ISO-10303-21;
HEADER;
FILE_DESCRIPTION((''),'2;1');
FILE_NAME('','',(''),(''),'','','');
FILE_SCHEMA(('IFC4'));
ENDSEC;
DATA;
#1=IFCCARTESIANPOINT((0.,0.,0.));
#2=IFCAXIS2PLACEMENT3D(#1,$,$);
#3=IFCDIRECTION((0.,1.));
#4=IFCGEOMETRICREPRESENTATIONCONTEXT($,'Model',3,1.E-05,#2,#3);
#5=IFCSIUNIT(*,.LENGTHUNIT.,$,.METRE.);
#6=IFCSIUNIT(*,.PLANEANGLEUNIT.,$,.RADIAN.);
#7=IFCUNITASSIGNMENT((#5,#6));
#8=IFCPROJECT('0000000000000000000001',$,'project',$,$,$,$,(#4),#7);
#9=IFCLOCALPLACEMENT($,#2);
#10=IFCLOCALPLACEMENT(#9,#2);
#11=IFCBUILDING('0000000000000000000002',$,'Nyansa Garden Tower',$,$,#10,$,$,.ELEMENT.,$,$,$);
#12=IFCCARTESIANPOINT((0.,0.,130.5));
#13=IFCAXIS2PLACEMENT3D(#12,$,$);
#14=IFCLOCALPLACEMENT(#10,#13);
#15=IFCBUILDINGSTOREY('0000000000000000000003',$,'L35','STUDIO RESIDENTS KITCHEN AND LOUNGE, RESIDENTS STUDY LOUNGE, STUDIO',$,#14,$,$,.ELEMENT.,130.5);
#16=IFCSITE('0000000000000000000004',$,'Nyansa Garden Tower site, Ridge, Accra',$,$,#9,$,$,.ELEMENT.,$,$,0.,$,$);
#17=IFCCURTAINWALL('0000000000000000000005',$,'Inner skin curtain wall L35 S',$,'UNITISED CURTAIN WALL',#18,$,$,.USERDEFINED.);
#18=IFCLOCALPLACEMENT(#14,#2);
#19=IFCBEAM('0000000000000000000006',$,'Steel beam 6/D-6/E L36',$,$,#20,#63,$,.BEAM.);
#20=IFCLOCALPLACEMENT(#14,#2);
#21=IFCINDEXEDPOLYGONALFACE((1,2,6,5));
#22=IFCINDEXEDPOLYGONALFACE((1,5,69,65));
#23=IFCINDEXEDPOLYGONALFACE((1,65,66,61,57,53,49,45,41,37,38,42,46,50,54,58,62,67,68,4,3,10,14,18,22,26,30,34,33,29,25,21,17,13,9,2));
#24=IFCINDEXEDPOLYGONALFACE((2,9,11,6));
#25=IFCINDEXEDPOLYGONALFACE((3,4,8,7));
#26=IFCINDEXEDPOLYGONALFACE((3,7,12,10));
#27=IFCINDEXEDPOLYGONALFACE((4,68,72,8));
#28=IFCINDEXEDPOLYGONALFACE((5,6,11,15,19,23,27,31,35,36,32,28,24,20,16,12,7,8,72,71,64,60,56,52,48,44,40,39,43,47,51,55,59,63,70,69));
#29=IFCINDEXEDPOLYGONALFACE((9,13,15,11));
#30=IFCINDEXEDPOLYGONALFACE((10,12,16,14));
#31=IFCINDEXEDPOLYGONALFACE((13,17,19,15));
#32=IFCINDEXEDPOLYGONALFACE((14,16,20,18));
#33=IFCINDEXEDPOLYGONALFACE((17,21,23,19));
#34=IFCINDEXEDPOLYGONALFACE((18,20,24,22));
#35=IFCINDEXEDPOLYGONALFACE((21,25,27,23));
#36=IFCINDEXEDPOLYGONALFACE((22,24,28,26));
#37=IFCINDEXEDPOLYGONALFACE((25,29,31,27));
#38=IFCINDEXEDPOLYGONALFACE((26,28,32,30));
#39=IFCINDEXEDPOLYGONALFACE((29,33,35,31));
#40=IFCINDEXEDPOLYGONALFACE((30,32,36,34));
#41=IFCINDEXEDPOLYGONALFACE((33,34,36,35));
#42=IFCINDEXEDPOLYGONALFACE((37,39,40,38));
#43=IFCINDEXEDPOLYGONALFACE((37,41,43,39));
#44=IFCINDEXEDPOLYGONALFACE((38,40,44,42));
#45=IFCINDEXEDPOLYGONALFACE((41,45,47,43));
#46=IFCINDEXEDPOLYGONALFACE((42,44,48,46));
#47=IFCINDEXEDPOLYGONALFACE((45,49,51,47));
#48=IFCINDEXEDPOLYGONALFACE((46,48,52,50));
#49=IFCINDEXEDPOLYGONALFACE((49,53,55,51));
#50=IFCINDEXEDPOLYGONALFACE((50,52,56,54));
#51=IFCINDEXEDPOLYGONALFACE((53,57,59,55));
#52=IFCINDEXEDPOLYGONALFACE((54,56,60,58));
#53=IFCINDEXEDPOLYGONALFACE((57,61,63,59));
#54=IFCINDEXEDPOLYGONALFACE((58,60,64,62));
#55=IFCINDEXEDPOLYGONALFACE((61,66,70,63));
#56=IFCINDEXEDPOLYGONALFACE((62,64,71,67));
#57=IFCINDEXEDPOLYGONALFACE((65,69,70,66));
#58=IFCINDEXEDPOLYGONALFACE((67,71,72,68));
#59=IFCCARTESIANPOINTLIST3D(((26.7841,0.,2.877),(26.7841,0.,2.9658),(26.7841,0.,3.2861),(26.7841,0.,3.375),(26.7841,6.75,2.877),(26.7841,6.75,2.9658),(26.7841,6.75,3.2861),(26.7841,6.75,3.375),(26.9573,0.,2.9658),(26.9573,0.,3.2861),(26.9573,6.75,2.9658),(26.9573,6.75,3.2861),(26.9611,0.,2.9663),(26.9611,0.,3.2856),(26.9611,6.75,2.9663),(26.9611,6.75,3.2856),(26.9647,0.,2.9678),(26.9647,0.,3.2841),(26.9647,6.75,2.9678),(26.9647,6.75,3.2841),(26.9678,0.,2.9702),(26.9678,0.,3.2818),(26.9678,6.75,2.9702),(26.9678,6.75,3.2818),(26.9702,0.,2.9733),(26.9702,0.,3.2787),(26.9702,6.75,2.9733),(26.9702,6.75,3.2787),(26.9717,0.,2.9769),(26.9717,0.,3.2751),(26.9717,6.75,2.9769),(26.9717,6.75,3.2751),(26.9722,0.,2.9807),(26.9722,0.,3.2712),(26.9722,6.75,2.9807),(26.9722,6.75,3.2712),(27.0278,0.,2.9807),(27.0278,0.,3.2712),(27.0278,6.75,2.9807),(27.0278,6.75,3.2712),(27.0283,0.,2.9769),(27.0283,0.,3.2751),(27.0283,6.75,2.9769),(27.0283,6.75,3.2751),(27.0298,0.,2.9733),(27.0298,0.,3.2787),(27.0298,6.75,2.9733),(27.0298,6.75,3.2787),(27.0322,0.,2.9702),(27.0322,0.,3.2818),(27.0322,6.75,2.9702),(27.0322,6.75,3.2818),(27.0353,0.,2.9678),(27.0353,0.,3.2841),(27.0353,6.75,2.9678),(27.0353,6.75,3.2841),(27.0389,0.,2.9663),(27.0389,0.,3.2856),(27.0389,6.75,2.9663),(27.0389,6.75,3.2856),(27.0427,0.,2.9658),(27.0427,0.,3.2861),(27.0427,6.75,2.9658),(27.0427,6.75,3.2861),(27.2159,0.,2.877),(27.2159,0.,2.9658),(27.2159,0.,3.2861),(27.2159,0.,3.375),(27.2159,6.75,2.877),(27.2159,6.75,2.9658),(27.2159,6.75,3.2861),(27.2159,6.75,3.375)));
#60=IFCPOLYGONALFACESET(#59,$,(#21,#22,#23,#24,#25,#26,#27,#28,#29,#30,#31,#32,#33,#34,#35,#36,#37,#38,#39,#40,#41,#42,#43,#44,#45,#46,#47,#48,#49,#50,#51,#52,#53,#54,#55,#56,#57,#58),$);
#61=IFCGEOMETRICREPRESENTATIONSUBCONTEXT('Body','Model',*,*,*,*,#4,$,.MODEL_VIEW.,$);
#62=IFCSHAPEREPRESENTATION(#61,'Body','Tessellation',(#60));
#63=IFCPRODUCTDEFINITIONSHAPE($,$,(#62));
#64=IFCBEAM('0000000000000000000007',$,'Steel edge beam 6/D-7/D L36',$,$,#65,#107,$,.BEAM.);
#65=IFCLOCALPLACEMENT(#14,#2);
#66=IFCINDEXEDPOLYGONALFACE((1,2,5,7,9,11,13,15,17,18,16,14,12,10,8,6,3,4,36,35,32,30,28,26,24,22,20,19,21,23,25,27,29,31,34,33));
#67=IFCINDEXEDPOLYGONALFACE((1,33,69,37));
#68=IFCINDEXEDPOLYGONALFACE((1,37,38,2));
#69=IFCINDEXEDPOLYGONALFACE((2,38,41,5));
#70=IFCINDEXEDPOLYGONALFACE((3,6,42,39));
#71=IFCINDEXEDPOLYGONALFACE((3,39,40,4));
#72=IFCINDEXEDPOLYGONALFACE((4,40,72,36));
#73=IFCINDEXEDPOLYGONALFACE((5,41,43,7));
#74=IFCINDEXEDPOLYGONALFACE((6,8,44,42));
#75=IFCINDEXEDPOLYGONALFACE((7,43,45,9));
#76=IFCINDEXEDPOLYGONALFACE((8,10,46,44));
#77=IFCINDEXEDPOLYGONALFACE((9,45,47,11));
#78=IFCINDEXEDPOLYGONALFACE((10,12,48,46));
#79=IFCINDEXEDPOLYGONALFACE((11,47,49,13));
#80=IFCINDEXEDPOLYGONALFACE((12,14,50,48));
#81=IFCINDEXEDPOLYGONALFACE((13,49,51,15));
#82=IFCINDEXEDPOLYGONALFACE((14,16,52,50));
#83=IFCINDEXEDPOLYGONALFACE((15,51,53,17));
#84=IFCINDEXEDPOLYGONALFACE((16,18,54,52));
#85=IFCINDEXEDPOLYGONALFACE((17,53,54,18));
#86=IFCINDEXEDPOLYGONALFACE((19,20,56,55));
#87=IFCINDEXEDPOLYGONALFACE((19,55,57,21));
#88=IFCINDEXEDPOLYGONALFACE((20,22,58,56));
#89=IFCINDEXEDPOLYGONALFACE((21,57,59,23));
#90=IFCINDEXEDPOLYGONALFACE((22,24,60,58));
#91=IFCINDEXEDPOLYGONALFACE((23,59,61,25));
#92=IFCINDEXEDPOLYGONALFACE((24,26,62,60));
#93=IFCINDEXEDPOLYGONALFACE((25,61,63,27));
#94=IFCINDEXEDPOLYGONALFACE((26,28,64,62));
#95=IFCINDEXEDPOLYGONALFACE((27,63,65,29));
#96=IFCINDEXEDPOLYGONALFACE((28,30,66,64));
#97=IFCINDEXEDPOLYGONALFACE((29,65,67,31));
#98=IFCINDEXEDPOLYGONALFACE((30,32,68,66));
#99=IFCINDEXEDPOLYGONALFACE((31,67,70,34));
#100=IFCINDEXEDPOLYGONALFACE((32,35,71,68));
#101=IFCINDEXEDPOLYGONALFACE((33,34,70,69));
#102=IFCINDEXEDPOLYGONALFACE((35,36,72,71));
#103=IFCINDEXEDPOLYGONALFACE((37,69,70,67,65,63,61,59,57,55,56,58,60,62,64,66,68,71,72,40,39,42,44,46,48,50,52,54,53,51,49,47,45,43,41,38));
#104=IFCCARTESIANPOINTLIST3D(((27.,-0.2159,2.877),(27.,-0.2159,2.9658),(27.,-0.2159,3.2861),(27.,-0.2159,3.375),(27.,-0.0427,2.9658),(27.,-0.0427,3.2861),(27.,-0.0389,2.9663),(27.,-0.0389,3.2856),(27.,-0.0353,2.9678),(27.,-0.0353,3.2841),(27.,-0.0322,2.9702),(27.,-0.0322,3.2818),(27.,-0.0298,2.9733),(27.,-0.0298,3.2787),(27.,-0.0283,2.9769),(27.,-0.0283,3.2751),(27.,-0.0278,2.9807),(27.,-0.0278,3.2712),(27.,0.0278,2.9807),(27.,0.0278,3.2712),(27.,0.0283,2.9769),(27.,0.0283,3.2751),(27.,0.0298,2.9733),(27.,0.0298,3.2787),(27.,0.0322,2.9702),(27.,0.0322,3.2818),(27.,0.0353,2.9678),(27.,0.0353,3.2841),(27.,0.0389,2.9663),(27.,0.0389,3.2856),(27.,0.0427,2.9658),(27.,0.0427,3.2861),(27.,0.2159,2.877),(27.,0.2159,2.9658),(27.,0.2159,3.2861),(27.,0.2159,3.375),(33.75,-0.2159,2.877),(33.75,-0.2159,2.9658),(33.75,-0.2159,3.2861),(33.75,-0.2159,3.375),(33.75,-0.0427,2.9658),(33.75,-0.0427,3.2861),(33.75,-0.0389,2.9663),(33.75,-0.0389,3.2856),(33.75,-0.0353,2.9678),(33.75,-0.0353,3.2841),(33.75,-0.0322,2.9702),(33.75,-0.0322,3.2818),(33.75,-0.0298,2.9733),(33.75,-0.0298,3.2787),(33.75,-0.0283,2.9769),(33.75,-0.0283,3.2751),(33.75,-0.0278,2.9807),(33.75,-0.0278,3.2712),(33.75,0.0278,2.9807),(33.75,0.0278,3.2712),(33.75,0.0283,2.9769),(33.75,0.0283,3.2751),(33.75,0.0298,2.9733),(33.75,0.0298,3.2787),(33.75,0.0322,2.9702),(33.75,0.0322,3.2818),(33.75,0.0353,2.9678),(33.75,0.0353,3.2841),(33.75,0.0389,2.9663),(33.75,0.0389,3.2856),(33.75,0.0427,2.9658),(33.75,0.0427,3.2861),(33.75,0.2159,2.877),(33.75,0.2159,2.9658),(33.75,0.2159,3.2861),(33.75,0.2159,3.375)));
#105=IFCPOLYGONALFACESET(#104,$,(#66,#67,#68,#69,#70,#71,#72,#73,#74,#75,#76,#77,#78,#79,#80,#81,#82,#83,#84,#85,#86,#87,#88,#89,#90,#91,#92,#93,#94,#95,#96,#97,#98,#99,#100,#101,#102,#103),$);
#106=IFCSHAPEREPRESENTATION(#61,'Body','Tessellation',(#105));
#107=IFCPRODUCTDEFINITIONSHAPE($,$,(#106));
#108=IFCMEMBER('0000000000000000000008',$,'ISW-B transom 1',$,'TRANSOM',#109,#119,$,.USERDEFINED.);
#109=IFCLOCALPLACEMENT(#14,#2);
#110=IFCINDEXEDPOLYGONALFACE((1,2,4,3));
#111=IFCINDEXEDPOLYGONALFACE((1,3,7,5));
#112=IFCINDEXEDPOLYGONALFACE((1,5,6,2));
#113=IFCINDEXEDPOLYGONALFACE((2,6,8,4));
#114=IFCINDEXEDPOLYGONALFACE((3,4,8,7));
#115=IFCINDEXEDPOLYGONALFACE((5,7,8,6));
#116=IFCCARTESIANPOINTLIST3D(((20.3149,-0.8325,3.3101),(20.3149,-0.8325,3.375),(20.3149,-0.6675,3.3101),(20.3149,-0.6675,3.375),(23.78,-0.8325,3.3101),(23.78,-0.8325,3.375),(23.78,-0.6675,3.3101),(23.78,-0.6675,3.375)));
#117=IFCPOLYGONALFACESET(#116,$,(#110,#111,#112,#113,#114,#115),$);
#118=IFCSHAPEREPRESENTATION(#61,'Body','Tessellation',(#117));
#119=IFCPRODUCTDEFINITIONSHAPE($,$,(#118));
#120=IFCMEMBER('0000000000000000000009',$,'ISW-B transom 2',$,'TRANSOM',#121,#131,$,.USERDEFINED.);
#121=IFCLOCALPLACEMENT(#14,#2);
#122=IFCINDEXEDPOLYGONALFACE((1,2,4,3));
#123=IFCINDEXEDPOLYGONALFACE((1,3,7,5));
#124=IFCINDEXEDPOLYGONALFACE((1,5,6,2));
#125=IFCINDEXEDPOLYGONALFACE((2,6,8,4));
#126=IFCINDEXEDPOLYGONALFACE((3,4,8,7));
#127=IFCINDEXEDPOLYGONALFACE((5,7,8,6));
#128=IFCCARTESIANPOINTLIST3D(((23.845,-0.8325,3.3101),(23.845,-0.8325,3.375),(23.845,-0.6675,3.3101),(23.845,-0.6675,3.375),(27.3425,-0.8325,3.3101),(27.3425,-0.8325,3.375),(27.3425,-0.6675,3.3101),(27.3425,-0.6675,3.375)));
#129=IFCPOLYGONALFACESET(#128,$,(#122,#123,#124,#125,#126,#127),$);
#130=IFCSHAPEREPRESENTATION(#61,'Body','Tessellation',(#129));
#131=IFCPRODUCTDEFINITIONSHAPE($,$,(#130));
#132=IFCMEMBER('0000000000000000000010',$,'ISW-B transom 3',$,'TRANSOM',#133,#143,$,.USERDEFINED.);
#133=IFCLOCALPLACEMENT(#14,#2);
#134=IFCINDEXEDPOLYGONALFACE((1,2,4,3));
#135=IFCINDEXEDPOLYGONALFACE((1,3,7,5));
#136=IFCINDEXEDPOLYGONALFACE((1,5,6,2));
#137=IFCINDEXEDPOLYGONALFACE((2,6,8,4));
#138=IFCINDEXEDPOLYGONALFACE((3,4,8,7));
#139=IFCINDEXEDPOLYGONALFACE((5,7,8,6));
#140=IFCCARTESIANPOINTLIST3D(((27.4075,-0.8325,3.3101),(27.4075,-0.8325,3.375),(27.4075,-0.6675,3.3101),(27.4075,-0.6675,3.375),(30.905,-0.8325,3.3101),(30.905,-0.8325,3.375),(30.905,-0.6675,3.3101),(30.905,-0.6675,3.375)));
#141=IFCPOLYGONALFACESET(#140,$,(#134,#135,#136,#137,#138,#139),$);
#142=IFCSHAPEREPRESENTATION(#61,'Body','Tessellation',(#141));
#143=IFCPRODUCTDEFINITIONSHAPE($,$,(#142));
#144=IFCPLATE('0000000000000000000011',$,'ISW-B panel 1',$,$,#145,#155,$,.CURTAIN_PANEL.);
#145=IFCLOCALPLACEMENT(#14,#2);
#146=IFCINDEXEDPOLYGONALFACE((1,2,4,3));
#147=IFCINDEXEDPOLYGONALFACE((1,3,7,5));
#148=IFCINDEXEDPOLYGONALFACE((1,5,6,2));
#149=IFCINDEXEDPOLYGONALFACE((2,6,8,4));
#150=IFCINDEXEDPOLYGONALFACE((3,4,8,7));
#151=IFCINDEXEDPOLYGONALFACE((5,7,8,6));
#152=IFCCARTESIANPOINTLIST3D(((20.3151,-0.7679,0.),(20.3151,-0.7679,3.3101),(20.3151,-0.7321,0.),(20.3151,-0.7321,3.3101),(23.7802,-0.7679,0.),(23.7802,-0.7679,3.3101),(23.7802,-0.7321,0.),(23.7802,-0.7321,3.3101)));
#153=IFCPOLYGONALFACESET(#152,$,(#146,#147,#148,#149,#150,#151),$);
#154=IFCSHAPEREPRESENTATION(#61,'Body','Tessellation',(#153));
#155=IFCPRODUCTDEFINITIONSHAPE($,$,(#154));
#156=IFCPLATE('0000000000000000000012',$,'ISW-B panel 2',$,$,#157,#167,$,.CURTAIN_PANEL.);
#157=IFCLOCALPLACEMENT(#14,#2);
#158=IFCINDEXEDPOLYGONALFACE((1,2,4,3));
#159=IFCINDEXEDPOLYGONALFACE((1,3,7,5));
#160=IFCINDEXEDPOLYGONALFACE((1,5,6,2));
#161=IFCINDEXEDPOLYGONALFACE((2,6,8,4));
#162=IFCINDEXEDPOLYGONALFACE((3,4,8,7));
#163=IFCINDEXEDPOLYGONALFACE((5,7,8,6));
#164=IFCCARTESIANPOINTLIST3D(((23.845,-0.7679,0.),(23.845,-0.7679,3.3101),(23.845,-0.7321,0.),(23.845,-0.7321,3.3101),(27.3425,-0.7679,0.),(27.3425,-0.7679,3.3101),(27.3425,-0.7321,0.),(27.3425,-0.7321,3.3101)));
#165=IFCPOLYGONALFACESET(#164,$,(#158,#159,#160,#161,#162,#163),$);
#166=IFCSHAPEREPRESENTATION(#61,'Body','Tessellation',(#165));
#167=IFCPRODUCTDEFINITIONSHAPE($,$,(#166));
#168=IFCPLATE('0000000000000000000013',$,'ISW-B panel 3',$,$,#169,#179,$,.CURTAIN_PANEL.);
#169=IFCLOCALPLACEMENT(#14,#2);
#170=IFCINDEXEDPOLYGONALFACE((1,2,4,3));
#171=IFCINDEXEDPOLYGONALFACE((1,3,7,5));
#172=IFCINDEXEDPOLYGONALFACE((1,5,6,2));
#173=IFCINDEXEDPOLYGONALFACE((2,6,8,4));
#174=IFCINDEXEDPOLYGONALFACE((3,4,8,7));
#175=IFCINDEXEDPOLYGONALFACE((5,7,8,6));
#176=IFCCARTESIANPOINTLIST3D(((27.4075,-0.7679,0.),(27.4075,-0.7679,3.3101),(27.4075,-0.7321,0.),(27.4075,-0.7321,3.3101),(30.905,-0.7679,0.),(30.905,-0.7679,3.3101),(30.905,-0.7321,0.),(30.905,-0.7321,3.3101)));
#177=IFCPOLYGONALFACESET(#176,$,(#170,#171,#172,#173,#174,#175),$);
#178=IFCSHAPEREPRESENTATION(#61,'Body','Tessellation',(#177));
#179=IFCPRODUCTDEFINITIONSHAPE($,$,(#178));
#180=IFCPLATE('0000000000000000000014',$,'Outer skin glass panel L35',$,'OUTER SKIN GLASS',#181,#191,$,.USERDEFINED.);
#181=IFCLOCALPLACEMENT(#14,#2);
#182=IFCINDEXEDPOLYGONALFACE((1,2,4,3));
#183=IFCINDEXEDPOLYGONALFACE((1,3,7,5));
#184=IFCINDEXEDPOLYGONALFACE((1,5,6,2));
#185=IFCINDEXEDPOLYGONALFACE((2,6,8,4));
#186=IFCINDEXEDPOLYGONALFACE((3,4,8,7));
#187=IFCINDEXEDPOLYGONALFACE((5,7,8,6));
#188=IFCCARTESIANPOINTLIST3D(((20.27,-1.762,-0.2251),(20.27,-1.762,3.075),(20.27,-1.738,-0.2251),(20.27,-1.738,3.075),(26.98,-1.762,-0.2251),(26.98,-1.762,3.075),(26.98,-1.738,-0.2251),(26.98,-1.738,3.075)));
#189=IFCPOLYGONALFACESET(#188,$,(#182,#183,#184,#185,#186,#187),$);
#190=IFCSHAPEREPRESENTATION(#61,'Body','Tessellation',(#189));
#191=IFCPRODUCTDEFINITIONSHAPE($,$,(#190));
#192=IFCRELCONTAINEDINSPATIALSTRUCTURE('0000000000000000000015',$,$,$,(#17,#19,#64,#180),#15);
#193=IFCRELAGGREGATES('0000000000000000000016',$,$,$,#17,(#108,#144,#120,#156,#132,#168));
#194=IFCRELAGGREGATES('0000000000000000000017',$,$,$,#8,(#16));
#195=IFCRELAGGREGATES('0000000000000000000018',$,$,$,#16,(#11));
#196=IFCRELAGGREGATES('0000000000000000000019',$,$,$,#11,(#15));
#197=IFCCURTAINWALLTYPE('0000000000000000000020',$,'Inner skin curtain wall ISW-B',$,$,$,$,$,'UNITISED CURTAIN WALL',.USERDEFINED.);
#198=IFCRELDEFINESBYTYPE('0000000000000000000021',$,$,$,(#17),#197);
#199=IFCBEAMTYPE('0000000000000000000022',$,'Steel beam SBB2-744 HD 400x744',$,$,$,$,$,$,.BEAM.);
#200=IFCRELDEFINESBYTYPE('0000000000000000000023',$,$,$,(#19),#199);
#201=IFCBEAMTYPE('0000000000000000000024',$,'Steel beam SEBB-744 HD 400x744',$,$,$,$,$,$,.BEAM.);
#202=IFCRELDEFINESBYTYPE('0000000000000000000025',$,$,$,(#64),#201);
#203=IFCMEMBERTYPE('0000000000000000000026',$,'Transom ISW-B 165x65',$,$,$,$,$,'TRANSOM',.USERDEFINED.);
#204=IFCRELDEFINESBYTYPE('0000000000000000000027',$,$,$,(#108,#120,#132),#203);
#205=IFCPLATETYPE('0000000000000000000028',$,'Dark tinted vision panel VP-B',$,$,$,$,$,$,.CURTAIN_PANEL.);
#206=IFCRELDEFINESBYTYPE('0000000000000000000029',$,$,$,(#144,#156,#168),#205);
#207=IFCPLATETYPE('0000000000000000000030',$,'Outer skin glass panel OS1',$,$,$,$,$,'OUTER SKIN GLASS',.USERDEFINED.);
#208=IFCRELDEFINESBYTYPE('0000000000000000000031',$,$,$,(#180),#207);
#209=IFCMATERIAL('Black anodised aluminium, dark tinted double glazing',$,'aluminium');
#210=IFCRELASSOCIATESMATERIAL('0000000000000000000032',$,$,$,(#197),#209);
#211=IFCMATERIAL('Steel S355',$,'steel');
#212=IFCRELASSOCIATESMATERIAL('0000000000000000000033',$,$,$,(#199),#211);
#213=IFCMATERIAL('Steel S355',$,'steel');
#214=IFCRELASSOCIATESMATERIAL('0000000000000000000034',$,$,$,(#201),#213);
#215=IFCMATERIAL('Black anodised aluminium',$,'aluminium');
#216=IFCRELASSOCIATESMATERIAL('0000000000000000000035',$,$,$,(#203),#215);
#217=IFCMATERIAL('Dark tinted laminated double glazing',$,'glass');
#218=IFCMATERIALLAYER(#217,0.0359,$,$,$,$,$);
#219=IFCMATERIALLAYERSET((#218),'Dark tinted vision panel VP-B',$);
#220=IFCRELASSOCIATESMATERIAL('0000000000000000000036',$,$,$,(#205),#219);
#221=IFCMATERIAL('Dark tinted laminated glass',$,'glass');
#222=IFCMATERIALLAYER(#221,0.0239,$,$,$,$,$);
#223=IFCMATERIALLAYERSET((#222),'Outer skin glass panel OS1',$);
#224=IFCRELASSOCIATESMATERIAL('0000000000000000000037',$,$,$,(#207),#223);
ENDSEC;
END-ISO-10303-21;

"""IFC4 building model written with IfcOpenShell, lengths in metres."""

from ifc_helpers import new_model, si_unit, direction, frame, origin, origin_2d, place, context, subcontext, project, spatial, rectangle, i_section, extrude, material, layer, layer_set, material_profile, profile_set, type_object, element, aggregate, save


model = new_model("IFC4")

# Units and contexts
model_context = context("Model", 3, precision=1e-05, world=origin(), true_north=direction((0.0, 1.0)))
body_context = subcontext(model_context, "Body", "Model", "MODEL_VIEW")
ifc_project = project(units=[si_unit("LENGTHUNIT", "METRE"), si_unit("PLANEANGLEUNIT", "RADIAN")], contexts=[model_context])

# Site, building, storey
site_placement = place(None, origin())
site = spatial("IfcSite", under=ifc_project, at=site_placement, Name="Nyansa Garden Tower site, Ridge, Accra", CompositionType="ELEMENT", RefElevation=0.0)
building_placement = place(site_placement, origin())
building = spatial("IfcBuilding", under=site, at=building_placement, Name="Nyansa Garden Tower", CompositionType="ELEMENT")
storey_placement = place(building_placement, frame((0.0, 0.0, 130.5)))
storey = spatial("IfcBuildingStorey", under=building, at=storey_placement, Name="L35", Description="STUDIO RESIDENTS KITCHEN AND LOUNGE, RESIDENTS STUDY LOUNGE, STUDIO", CompositionType="ELEMENT", Elevation=130.5)

# Curtain wall
ifc_material_1 = material(Name="Black anodised aluminium, dark tinted double glazing", Category="aluminium")
curtain_wall_type = type_object("IfcCurtainWallType", Name="Inner skin curtain wall ISW-B", ElementType="UNITISED CURTAIN WALL", PredefinedType="USERDEFINED", material=ifc_material_1)
curtain_wall_placement = place(storey_placement, origin())
curtain_wall = element("IfcCurtainWall", 1, at=curtain_wall_placement, inside=storey, type_object=curtain_wall_type, Name="Inner skin curtain wall L35 S", ObjectType="UNITISED CURTAIN WALL", PredefinedType="USERDEFINED")

# Beams
ifc_material_2 = material(Name="Steel S355", Category="steel")
ifc_material_profile_1 = material_profile(ifc_material_2, i_section(OverallWidth=0.4319, OverallDepth=0.498, WebThickness=0.0557, FlangeThickness=0.0889, FilletRadius=0.0149, at=origin_2d()), Name="HD 400x744")
ifc_profile_set_1 = profile_set([ifc_material_profile_1], Name="Steel S355")
beam_type_1 = type_object("IfcBeamType", Name="Steel beam SBB2-744 HD 400x744", PredefinedType="BEAM", material=ifc_profile_set_1)
beam_1_placement = place(storey_placement, frame((27.0, 0.0, 3.126), z_axis=(0.0, 1.0, 0.0), x_axis=(-1.0, 0.0, 0.0)))
element("IfcBeam", 2, at=beam_1_placement, inside=storey, type_object=beam_type_1, Name="Steel beam 6/D-6/E L36", PredefinedType="BEAM", context=body_context, shape_type="SweptSolid", body=[
    extrude(i_section(OverallWidth=0.4319, OverallDepth=0.498, WebThickness=0.0557, FlangeThickness=0.0889, FilletRadius=0.0149, at=origin_2d()), origin(), (0.0, 0.0, 1.0), 6.75),
])
ifc_material_3 = material(Name="Steel S355", Category="steel")
ifc_material_profile_2 = material_profile(ifc_material_3, i_section(OverallWidth=0.4319, OverallDepth=0.498, WebThickness=0.0557, FlangeThickness=0.0889, FilletRadius=0.0149, at=origin_2d()), Name="HD 400x744")
ifc_profile_set_2 = profile_set([ifc_material_profile_2], Name="Steel S355")
beam_type_2 = type_object("IfcBeamType", Name="Steel beam SEBB-744 HD 400x744", PredefinedType="BEAM", material=ifc_profile_set_2)
beam_2_placement = place(storey_placement, frame((27.0, 0.0, 3.126), z_axis=(1.0, 0.0, 0.0), x_axis=(0.0, 1.0, 0.0)))
element("IfcBeam", 3, at=beam_2_placement, inside=storey, type_object=beam_type_2, Name="Steel edge beam 6/D-7/D L36", PredefinedType="BEAM", context=body_context, shape_type="SweptSolid", body=[
    extrude(i_section(OverallWidth=0.4319, OverallDepth=0.498, WebThickness=0.0557, FlangeThickness=0.0889, FilletRadius=0.0149, at=origin_2d()), origin(), (0.0, 0.0, 1.0), 6.75),
])

# Members
ifc_material_4 = material(Name="Black anodised aluminium", Category="aluminium")
ifc_material_profile_3 = material_profile(ifc_material_4, rectangle(XDim=0.165, YDim=0.0649, at=origin_2d()), Name="Transom 165x65")
ifc_profile_set_3 = profile_set([ifc_material_profile_3], Name="Black anodised aluminium")
member_type_1 = type_object("IfcMemberType", Name="Transom ISW-B 165x65", ElementType="TRANSOM", PredefinedType="USERDEFINED", material=ifc_profile_set_3)
member_1_placement = place(storey_placement, frame((20.3149, -0.75, 3.3425), z_axis=(1.0, 0.0, 0.0), x_axis=(0.0, 1.0, 0.0)))
member_1 = element("IfcMember", 4, at=member_1_placement, type_object=member_type_1, Name="ISW-B transom 1", ObjectType="TRANSOM", PredefinedType="USERDEFINED", context=body_context, shape_type="SweptSolid", body=[
    extrude(rectangle(XDim=0.165, YDim=0.0649, at=origin_2d()), origin(), (0.0, 0.0, 1.0), 3.4651),
])
member_2_placement = place(storey_placement, frame((23.845, -0.75, 3.3425), z_axis=(1.0, 0.0, 0.0), x_axis=(0.0, 1.0, 0.0)))
member_2 = element("IfcMember", 5, at=member_2_placement, type_object=member_type_1, Name="ISW-B transom 2", ObjectType="TRANSOM", PredefinedType="USERDEFINED", context=body_context, shape_type="SweptSolid", body=[
    extrude(rectangle(XDim=0.165, YDim=0.0649, at=origin_2d()), origin(), (0.0, 0.0, 1.0), 3.4976),
])
member_3_placement = place(storey_placement, frame((27.4075, -0.75, 3.3425), z_axis=(1.0, 0.0, 0.0), x_axis=(0.0, 1.0, 0.0)))
member_3 = element("IfcMember", 6, at=member_3_placement, type_object=member_type_1, Name="ISW-B transom 3", ObjectType="TRANSOM", PredefinedType="USERDEFINED", context=body_context, shape_type="SweptSolid", body=[
    extrude(rectangle(XDim=0.165, YDim=0.0649, at=origin_2d()), origin(), (0.0, 0.0, 1.0), 3.4976),
])

# Plates
ifc_material_5 = material(Name="Dark tinted laminated double glazing", Category="glass")
ifc_layer_1 = layer(ifc_material_5, 0.0359)
ifc_layer_set_1 = layer_set([ifc_layer_1], Name="Dark tinted vision panel VP-B")
plate_type_1 = type_object("IfcPlateType", Name="Dark tinted vision panel VP-B", PredefinedType="CURTAIN_PANEL", material=ifc_layer_set_1)
plate_1_placement = place(storey_placement, frame((22.0476, -0.75, 0.0), z_axis=(0.0, 0.0, 1.0), x_axis=(1.0, 0.0, 0.0)))
plate_1 = element("IfcPlate", 7, at=plate_1_placement, type_object=plate_type_1, Name="ISW-B panel 1", PredefinedType="CURTAIN_PANEL", context=body_context, shape_type="SweptSolid", body=[
    extrude(rectangle(XDim=3.4651, YDim=0.0359, at=origin_2d()), origin(), (0.0, 0.0, 1.0), 3.3101),
])
plate_2_placement = place(storey_placement, frame((25.5938, -0.75, 0.0), z_axis=(0.0, 0.0, 1.0), x_axis=(1.0, 0.0, 0.0)))
plate_2 = element("IfcPlate", 8, at=plate_2_placement, type_object=plate_type_1, Name="ISW-B panel 2", PredefinedType="CURTAIN_PANEL", context=body_context, shape_type="SweptSolid", body=[
    extrude(rectangle(XDim=3.4976, YDim=0.0359, at=origin_2d()), origin(), (0.0, 0.0, 1.0), 3.3101),
])
plate_3_placement = place(storey_placement, frame((29.1562, -0.75, 0.0), z_axis=(0.0, 0.0, 1.0), x_axis=(1.0, 0.0, 0.0)))
plate_3 = element("IfcPlate", 9, at=plate_3_placement, type_object=plate_type_1, Name="ISW-B panel 3", PredefinedType="CURTAIN_PANEL", context=body_context, shape_type="SweptSolid", body=[
    extrude(rectangle(XDim=3.4976, YDim=0.0359, at=origin_2d()), origin(), (0.0, 0.0, 1.0), 3.3101),
])
aggregate(curtain_wall, [member_1, plate_1, member_2, plate_2, member_3, plate_3])
ifc_material_6 = material(Name="Dark tinted laminated glass", Category="glass")
ifc_layer_2 = layer(ifc_material_6, 0.0239)
ifc_layer_set_2 = layer_set([ifc_layer_2], Name="Outer skin glass panel OS1")
plate_type_2 = type_object("IfcPlateType", Name="Outer skin glass panel OS1", ElementType="OUTER SKIN GLASS", PredefinedType="USERDEFINED", material=ifc_layer_set_2)
plate_4_placement = place(storey_placement, frame((23.625, -1.75, -0.2251), z_axis=(0.0, 0.0, 1.0), x_axis=(1.0, 0.0, 0.0)))
element("IfcPlate", 10, at=plate_4_placement, inside=storey, type_object=plate_type_2, Name="Outer skin glass panel L35", ObjectType="OUTER SKIN GLASS", PredefinedType="USERDEFINED", context=body_context, shape_type="SweptSolid", body=[
    extrude(rectangle(XDim=6.71, YDim=0.0239, at=origin_2d()), origin(), (0.0, 0.0, 1.0), 3.3),
])

save(model, "model.ifc")
